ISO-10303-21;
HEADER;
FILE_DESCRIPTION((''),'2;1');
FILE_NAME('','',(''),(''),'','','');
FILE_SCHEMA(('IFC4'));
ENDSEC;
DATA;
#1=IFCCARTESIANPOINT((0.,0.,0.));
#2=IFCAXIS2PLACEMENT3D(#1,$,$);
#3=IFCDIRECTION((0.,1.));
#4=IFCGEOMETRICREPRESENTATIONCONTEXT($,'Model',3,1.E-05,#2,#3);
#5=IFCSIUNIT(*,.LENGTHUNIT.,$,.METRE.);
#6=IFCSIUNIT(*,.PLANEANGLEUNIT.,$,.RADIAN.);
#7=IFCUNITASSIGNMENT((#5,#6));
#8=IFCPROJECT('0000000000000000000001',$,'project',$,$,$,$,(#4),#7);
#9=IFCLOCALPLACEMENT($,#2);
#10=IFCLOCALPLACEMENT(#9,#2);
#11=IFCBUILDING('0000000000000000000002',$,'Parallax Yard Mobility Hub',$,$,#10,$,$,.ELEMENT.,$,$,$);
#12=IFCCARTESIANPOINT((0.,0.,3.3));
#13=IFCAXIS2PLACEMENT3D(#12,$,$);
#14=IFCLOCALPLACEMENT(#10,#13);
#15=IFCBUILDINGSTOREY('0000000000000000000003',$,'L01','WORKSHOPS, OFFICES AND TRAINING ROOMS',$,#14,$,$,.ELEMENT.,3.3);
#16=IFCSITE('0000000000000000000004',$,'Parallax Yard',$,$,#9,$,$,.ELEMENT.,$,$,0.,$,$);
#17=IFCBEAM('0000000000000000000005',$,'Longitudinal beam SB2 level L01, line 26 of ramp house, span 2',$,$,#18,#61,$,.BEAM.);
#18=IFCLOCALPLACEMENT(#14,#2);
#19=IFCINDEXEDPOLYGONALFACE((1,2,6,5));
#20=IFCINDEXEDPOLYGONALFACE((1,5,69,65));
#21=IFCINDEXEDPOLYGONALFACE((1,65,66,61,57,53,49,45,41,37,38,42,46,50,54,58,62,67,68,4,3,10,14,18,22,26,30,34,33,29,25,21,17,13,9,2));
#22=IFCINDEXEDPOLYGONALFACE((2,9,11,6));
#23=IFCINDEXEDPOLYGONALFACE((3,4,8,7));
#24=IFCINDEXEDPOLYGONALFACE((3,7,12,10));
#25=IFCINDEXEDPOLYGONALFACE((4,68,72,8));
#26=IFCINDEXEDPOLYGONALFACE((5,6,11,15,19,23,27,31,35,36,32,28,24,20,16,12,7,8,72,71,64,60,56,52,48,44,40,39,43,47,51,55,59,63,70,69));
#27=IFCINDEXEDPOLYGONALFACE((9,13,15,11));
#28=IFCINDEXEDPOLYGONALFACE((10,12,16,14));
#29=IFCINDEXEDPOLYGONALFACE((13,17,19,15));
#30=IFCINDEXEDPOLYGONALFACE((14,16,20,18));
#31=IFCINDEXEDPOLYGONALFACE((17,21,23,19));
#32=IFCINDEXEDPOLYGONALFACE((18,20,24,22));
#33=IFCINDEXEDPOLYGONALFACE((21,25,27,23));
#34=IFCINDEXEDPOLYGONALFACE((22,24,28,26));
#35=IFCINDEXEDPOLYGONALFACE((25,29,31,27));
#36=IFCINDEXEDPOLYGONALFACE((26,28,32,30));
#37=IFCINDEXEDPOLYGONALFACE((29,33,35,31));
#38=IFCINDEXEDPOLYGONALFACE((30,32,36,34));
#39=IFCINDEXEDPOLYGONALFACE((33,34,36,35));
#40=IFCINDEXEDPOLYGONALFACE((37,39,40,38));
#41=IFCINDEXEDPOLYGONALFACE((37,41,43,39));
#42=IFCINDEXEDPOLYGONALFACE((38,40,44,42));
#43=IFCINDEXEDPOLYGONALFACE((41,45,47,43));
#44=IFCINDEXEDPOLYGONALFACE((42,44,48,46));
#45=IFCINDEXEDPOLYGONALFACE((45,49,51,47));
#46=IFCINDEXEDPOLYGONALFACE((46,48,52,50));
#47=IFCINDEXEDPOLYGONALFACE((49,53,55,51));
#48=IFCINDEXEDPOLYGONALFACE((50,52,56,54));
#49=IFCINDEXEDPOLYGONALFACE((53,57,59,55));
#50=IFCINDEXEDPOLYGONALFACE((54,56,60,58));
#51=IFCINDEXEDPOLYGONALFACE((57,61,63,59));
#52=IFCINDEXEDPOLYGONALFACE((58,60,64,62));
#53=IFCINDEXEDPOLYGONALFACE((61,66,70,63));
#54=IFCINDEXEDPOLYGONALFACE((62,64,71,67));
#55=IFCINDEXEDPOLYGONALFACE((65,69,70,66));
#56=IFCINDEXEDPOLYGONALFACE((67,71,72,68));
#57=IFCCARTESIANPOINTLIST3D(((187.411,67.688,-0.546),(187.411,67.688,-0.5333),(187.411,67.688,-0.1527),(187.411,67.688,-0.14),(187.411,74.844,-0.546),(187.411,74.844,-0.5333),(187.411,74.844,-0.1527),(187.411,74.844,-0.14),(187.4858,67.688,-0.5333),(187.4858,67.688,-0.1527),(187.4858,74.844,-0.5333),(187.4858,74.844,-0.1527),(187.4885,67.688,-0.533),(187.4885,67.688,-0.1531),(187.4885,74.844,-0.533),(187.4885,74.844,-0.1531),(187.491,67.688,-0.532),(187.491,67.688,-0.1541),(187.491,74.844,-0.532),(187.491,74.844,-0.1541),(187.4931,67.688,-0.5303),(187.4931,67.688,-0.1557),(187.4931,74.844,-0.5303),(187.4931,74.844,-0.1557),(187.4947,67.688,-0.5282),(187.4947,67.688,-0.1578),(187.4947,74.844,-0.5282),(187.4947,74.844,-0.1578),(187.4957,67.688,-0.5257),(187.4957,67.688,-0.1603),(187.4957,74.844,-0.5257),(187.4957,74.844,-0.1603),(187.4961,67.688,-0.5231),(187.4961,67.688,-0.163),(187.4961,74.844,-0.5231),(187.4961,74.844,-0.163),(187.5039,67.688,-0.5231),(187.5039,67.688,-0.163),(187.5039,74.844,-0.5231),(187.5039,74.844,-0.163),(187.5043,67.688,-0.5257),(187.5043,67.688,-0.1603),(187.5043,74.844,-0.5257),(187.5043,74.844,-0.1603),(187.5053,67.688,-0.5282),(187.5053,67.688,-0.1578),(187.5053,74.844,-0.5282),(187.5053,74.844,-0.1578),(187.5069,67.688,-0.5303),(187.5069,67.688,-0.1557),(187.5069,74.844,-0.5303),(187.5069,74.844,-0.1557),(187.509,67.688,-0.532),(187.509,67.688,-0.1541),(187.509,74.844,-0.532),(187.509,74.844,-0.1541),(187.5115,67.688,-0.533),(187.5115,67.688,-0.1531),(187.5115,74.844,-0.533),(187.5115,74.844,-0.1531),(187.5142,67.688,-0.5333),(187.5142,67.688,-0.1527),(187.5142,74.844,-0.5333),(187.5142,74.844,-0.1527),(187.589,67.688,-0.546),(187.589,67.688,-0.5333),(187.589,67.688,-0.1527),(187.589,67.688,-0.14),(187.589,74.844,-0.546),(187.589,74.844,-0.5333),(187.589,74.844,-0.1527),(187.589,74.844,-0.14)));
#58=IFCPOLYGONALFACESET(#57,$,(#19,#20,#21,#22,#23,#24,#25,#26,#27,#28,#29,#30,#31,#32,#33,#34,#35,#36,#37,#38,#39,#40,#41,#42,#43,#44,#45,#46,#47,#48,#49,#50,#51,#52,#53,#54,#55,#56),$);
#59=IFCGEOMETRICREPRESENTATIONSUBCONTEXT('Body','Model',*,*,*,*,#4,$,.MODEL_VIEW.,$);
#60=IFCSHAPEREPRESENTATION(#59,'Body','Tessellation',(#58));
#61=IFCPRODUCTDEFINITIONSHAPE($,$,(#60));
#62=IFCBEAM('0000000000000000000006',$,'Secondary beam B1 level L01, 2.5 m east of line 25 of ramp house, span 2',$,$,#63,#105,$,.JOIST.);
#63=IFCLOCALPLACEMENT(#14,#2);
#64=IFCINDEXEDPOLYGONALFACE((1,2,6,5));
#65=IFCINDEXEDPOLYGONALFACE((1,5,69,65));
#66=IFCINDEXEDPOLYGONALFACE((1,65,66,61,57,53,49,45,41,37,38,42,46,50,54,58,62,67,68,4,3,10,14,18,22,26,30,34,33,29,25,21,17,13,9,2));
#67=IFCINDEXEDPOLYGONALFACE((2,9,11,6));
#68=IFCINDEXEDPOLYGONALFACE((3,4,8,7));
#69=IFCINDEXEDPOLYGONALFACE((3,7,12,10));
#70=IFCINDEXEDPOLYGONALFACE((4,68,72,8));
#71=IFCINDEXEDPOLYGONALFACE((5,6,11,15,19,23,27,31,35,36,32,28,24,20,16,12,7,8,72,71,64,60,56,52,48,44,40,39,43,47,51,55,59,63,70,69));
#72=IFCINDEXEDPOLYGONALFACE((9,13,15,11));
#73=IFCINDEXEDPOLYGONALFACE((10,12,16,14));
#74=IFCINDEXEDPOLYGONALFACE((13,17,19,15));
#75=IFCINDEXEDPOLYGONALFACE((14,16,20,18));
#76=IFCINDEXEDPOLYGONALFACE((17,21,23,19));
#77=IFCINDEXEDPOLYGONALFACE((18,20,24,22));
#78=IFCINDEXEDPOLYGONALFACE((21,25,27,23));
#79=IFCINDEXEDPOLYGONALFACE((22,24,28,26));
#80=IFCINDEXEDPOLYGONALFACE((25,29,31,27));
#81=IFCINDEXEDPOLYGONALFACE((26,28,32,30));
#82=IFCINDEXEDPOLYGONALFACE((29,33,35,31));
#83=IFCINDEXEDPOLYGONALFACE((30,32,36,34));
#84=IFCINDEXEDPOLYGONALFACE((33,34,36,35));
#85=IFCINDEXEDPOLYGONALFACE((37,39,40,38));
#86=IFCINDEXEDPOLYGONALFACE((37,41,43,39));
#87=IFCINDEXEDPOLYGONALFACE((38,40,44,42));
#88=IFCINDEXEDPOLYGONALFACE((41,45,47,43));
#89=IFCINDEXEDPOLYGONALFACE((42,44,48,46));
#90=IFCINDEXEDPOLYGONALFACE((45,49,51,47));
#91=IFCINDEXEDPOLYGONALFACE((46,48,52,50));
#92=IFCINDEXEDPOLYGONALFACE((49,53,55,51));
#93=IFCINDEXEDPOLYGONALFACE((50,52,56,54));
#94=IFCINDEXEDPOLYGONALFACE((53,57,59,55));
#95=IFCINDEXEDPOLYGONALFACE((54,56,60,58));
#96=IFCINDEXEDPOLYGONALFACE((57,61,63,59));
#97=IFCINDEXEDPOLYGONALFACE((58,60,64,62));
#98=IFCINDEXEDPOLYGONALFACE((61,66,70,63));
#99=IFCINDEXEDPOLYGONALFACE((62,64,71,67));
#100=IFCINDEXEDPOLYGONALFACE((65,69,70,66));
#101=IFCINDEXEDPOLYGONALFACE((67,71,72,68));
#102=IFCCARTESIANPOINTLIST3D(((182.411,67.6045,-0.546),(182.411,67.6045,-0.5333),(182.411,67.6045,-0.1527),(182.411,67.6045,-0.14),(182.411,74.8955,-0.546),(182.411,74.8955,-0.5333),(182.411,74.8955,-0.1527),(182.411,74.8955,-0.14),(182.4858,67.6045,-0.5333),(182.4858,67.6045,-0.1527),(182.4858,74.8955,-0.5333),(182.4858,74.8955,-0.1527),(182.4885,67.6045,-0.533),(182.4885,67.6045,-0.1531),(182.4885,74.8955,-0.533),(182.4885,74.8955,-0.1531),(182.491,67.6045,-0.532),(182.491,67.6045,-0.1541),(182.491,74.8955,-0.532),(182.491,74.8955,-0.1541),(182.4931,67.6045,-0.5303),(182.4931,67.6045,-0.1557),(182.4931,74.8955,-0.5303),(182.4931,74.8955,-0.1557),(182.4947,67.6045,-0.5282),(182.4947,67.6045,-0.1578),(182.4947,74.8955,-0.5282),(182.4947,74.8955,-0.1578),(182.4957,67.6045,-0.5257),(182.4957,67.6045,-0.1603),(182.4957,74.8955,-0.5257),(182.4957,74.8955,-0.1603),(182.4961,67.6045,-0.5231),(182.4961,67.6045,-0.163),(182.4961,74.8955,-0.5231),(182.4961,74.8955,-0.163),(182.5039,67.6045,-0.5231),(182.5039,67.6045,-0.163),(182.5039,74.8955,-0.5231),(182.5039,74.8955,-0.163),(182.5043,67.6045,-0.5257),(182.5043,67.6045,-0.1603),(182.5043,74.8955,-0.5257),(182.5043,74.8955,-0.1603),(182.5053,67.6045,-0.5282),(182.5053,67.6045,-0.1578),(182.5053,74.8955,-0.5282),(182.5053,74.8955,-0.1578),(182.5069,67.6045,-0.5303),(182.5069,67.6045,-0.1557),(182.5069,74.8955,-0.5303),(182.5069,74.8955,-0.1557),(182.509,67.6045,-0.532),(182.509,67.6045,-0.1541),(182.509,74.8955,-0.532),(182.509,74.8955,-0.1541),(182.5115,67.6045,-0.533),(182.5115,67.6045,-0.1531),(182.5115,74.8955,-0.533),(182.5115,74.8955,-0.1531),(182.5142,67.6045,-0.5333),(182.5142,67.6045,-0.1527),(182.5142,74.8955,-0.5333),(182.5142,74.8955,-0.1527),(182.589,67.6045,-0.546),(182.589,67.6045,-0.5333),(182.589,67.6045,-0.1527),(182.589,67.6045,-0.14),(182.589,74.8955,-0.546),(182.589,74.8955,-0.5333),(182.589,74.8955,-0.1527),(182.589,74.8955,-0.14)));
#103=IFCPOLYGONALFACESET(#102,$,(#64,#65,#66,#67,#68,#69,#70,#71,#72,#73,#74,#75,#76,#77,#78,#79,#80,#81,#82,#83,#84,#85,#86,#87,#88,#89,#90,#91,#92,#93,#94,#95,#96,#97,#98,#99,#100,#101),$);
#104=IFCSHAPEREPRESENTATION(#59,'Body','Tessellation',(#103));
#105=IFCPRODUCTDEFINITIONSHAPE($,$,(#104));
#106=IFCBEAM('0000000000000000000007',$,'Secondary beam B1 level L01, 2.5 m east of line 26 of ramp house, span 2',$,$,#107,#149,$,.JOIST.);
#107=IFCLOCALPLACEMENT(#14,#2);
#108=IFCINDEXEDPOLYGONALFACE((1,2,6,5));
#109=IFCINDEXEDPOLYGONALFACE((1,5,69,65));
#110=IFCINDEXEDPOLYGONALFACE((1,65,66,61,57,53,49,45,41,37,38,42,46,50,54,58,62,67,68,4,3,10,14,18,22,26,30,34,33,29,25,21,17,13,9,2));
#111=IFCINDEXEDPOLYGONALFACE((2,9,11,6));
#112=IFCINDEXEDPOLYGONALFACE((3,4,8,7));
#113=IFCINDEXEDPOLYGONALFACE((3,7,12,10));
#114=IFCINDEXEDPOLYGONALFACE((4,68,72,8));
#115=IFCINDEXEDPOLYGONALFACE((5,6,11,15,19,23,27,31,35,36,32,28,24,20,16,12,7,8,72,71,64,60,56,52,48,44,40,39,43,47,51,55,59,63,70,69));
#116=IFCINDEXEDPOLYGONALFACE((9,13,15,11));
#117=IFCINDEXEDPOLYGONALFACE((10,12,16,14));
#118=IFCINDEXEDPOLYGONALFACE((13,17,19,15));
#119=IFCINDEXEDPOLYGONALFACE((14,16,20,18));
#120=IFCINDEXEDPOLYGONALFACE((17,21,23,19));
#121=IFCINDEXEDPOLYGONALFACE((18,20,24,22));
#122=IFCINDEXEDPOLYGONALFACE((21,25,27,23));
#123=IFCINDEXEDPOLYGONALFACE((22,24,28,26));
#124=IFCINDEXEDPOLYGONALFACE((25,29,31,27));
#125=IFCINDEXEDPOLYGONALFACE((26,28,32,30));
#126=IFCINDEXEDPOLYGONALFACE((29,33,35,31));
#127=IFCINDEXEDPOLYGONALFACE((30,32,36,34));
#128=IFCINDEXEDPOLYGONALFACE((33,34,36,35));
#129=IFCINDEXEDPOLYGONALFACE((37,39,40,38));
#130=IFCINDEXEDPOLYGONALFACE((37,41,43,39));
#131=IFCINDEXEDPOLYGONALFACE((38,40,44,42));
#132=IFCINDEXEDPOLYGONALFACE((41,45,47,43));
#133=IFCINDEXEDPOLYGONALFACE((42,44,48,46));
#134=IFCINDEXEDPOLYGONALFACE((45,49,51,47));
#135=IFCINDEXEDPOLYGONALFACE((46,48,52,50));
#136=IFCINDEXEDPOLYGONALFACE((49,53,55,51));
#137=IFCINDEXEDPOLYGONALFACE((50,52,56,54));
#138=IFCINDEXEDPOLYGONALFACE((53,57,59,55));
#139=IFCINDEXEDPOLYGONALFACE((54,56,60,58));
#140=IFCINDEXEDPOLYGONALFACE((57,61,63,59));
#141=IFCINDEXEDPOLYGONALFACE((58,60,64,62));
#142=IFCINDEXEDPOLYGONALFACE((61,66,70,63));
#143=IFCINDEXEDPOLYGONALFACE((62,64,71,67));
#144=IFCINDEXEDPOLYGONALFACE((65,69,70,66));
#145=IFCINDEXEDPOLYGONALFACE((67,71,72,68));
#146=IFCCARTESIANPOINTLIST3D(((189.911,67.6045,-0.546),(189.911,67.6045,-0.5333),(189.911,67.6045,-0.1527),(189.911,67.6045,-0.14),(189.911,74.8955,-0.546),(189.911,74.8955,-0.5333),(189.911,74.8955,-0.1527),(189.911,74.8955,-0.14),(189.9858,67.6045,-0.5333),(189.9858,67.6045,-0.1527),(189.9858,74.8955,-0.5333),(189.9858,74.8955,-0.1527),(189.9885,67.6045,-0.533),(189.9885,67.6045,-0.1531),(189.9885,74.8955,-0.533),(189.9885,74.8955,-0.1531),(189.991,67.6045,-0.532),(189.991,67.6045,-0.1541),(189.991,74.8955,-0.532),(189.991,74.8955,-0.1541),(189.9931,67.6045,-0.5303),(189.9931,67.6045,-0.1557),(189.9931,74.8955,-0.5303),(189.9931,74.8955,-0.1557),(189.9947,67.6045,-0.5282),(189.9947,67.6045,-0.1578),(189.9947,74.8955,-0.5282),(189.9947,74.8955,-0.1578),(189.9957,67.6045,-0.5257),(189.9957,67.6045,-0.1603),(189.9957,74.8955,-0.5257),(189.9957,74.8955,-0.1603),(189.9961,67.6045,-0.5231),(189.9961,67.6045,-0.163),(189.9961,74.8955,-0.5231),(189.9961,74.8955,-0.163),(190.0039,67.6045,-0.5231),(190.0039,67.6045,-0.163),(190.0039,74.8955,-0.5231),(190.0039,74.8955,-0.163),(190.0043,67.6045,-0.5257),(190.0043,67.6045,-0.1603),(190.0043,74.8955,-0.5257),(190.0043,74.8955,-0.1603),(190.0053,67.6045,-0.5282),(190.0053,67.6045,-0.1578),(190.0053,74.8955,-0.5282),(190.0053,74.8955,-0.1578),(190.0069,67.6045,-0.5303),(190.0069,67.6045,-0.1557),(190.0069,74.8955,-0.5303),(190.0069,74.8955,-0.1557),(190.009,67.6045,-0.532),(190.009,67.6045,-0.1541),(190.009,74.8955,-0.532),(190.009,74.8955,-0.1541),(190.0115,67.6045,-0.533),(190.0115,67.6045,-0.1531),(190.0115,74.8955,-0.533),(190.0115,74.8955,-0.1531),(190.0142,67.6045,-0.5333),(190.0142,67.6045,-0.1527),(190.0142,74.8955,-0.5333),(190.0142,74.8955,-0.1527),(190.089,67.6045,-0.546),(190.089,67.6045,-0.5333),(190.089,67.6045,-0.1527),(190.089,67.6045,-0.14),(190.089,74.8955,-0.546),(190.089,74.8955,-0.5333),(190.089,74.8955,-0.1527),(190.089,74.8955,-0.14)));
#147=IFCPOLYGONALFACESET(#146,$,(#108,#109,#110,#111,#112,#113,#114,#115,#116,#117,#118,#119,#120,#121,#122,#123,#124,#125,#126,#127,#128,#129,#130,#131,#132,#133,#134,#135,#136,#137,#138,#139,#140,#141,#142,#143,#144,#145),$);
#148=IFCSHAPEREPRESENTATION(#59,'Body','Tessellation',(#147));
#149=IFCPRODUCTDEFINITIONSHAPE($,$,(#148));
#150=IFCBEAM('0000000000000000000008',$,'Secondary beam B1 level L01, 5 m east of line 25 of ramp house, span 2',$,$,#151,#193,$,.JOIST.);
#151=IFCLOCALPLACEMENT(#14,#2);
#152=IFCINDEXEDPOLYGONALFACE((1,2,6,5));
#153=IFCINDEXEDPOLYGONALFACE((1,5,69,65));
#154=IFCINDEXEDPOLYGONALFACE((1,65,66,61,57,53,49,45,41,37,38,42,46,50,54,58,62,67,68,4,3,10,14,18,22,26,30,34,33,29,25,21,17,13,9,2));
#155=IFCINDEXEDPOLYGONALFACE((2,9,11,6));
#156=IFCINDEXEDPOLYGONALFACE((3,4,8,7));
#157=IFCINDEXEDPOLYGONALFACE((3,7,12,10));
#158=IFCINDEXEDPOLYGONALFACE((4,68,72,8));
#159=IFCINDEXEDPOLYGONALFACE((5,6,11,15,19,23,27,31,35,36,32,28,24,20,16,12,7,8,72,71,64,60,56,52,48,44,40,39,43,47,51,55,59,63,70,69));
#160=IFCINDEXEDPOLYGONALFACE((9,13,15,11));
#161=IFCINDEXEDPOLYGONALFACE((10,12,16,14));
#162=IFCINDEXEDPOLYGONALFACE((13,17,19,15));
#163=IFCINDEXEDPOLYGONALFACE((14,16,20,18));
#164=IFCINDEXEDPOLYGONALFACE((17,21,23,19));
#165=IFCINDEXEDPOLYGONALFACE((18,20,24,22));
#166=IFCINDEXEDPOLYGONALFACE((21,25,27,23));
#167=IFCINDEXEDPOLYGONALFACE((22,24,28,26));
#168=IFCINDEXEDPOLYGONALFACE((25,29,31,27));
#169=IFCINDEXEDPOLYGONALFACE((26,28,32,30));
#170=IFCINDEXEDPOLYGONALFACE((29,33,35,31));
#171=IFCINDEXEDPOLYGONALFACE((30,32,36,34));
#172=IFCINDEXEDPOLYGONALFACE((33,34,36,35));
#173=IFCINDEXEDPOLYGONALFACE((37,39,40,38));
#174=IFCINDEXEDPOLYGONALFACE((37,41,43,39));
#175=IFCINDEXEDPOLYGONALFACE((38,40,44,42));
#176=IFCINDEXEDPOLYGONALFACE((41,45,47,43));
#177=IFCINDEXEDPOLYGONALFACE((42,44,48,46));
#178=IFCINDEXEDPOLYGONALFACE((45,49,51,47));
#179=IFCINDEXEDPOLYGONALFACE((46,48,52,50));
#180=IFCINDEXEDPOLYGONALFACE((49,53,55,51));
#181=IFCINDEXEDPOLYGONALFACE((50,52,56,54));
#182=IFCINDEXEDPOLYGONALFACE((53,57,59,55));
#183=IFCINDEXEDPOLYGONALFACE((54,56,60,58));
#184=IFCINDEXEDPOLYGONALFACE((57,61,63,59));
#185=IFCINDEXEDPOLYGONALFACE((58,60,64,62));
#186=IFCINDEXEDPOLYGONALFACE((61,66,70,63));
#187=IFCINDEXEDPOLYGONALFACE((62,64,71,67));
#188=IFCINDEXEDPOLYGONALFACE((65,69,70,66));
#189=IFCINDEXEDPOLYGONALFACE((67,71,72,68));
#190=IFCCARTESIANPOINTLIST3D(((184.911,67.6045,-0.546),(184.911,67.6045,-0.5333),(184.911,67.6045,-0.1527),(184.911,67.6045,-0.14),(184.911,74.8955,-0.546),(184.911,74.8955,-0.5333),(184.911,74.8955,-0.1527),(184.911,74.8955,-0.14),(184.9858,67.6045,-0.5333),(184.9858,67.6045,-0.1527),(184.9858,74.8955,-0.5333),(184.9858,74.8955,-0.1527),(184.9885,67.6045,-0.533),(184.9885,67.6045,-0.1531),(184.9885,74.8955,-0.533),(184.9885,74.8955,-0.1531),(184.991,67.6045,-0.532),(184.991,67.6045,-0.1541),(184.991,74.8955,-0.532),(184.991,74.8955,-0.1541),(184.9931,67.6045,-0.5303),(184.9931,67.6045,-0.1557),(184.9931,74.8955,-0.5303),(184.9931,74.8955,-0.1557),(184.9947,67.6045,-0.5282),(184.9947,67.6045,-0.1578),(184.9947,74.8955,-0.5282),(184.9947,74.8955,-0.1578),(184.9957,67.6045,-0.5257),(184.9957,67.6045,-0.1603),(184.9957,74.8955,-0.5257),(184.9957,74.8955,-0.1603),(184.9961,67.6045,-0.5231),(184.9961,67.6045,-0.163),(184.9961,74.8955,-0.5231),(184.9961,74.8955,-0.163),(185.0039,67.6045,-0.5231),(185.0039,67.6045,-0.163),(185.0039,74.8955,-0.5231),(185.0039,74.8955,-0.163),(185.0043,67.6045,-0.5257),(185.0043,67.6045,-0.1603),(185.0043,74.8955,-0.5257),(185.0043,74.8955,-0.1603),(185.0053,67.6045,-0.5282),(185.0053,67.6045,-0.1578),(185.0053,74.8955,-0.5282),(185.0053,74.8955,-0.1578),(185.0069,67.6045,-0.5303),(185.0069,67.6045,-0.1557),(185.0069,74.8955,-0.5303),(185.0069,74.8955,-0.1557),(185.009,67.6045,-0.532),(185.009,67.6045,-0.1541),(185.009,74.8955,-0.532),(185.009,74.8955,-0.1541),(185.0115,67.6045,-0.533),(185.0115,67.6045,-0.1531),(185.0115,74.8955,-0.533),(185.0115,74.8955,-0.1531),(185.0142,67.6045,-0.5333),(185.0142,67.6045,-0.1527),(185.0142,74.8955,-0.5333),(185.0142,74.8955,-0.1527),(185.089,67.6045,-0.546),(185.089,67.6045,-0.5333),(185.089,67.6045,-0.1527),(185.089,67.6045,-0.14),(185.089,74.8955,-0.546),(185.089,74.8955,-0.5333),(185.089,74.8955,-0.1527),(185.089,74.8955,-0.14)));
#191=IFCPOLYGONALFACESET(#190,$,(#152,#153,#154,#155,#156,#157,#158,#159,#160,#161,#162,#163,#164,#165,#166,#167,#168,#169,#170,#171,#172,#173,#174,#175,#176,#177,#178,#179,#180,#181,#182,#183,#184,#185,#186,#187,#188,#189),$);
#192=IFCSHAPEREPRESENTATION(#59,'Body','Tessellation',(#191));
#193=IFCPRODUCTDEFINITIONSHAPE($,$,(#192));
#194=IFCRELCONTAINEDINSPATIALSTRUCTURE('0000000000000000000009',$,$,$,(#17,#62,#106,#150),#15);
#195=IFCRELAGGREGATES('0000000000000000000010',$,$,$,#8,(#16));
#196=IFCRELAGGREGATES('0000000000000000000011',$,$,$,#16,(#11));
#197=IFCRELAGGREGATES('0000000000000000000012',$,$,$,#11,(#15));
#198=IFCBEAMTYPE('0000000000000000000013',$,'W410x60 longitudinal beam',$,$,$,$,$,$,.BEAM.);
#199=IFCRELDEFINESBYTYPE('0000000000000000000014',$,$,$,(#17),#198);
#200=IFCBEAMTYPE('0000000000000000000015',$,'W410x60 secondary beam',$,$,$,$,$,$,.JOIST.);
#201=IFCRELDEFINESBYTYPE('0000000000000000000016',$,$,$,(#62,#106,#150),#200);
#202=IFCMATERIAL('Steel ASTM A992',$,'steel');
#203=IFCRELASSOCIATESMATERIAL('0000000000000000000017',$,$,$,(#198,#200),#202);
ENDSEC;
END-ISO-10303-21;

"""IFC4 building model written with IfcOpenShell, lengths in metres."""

from ifc_helpers import new_model, si_unit, direction, frame, origin, origin_2d, place, context, subcontext, project, spatial, i_section, extrude, material, material_profile, profile_set, type_object, element, save


model = new_model("IFC4")

# Units and contexts
model_context = context("Model", 3, precision=1e-05, world=origin(), true_north=direction((0.0, 1.0)))
body_context = subcontext(model_context, "Body", "Model", "MODEL_VIEW")
ifc_project = project(units=[si_unit("LENGTHUNIT", "METRE"), si_unit("PLANEANGLEUNIT", "RADIAN")], contexts=[model_context])

# Site, building, storey
site_placement = place(None, origin())
site = spatial("IfcSite", under=ifc_project, at=site_placement, Name="Parallax Yard", CompositionType="ELEMENT", RefElevation=0.0)
building_placement = place(site_placement, origin())
building = spatial("IfcBuilding", under=site, at=building_placement, Name="Parallax Yard Mobility Hub", CompositionType="ELEMENT")
storey_placement = place(building_placement, frame((0.0, 0.0, 3.3)))
storey = spatial("IfcBuildingStorey", under=building, at=storey_placement, Name="L01", Description="WORKSHOPS, OFFICES AND TRAINING ROOMS", CompositionType="ELEMENT", Elevation=3.3)

# Shared definitions
ifc_material_1 = material(Name="Steel ASTM A992", Category="steel")

# Beams
ifc_material_profile_1 = material_profile(ifc_material_1, i_section(OverallWidth=0.178, OverallDepth=0.406, WebThickness=0.0078, FlangeThickness=0.0127, FilletRadius=0.0103, at=origin_2d()), Name="W410x60")
ifc_profile_set_1 = profile_set([ifc_material_profile_1], Name="Steel ASTM A992")
beam_type_1 = type_object("IfcBeamType", Name="W410x60 longitudinal beam", PredefinedType="BEAM", material=ifc_profile_set_1)
beam_1_placement = place(storey_placement, frame((187.5, 67.688, -0.343), z_axis=(0.0, 1.0, 0.0), x_axis=(-1.0, 0.0, 0.0)))
element("IfcBeam", 1, at=beam_1_placement, inside=storey, type_object=beam_type_1, Name="Longitudinal beam SB2 level L01, line 26 of ramp house, span 2", PredefinedType="BEAM", context=body_context, shape_type="SweptSolid", body=[
    extrude(i_section(OverallWidth=0.178, OverallDepth=0.406, WebThickness=0.0078, FlangeThickness=0.0127, FilletRadius=0.0103, at=origin_2d()), origin(), (0.0, 0.0, 1.0), 7.156),
])
ifc_material_profile_2 = material_profile(ifc_material_1, i_section(OverallWidth=0.178, OverallDepth=0.406, WebThickness=0.0078, FlangeThickness=0.0127, FilletRadius=0.0103, at=origin_2d()), Name="W410x60")
ifc_profile_set_2 = profile_set([ifc_material_profile_2], Name="Steel ASTM A992")
beam_type_2 = type_object("IfcBeamType", Name="W410x60 secondary beam", PredefinedType="JOIST", material=ifc_profile_set_2)
for number, where, z_axis, x_axis, name in (
    (2, (182.5, 67.6045, -0.343), (0.0, 1.0, 0.0), (-1.0, 0.0, 0.0), "Secondary beam B1 level L01, 2.5 m east of line 25 of ramp house, span 2"),
    (3, (190.0, 67.6045, -0.343), (0.0, 1.0, 0.0), (-1.0, 0.0, 0.0), "Secondary beam B1 level L01, 2.5 m east of line 26 of ramp house, span 2"),
    (4, (185.0, 67.6045, -0.343), (0.0, 1.0, 0.0), (-1.0, 0.0, 0.0), "Secondary beam B1 level L01, 5 m east of line 25 of ramp house, span 2"),
):
    element("IfcBeam", number, at=place(storey_placement, frame(where, z_axis=z_axis, x_axis=x_axis)), inside=storey, type_object=beam_type_2, Name=name, PredefinedType="JOIST", context=body_context, shape_type="SweptSolid", body=[
        extrude(i_section(OverallWidth=0.178, OverallDepth=0.406, WebThickness=0.0078, FlangeThickness=0.0127, FilletRadius=0.0103, at=origin_2d()), origin(), (0.0, 0.0, 1.0), 7.291),
    ])

save(model, "model.ifc")
